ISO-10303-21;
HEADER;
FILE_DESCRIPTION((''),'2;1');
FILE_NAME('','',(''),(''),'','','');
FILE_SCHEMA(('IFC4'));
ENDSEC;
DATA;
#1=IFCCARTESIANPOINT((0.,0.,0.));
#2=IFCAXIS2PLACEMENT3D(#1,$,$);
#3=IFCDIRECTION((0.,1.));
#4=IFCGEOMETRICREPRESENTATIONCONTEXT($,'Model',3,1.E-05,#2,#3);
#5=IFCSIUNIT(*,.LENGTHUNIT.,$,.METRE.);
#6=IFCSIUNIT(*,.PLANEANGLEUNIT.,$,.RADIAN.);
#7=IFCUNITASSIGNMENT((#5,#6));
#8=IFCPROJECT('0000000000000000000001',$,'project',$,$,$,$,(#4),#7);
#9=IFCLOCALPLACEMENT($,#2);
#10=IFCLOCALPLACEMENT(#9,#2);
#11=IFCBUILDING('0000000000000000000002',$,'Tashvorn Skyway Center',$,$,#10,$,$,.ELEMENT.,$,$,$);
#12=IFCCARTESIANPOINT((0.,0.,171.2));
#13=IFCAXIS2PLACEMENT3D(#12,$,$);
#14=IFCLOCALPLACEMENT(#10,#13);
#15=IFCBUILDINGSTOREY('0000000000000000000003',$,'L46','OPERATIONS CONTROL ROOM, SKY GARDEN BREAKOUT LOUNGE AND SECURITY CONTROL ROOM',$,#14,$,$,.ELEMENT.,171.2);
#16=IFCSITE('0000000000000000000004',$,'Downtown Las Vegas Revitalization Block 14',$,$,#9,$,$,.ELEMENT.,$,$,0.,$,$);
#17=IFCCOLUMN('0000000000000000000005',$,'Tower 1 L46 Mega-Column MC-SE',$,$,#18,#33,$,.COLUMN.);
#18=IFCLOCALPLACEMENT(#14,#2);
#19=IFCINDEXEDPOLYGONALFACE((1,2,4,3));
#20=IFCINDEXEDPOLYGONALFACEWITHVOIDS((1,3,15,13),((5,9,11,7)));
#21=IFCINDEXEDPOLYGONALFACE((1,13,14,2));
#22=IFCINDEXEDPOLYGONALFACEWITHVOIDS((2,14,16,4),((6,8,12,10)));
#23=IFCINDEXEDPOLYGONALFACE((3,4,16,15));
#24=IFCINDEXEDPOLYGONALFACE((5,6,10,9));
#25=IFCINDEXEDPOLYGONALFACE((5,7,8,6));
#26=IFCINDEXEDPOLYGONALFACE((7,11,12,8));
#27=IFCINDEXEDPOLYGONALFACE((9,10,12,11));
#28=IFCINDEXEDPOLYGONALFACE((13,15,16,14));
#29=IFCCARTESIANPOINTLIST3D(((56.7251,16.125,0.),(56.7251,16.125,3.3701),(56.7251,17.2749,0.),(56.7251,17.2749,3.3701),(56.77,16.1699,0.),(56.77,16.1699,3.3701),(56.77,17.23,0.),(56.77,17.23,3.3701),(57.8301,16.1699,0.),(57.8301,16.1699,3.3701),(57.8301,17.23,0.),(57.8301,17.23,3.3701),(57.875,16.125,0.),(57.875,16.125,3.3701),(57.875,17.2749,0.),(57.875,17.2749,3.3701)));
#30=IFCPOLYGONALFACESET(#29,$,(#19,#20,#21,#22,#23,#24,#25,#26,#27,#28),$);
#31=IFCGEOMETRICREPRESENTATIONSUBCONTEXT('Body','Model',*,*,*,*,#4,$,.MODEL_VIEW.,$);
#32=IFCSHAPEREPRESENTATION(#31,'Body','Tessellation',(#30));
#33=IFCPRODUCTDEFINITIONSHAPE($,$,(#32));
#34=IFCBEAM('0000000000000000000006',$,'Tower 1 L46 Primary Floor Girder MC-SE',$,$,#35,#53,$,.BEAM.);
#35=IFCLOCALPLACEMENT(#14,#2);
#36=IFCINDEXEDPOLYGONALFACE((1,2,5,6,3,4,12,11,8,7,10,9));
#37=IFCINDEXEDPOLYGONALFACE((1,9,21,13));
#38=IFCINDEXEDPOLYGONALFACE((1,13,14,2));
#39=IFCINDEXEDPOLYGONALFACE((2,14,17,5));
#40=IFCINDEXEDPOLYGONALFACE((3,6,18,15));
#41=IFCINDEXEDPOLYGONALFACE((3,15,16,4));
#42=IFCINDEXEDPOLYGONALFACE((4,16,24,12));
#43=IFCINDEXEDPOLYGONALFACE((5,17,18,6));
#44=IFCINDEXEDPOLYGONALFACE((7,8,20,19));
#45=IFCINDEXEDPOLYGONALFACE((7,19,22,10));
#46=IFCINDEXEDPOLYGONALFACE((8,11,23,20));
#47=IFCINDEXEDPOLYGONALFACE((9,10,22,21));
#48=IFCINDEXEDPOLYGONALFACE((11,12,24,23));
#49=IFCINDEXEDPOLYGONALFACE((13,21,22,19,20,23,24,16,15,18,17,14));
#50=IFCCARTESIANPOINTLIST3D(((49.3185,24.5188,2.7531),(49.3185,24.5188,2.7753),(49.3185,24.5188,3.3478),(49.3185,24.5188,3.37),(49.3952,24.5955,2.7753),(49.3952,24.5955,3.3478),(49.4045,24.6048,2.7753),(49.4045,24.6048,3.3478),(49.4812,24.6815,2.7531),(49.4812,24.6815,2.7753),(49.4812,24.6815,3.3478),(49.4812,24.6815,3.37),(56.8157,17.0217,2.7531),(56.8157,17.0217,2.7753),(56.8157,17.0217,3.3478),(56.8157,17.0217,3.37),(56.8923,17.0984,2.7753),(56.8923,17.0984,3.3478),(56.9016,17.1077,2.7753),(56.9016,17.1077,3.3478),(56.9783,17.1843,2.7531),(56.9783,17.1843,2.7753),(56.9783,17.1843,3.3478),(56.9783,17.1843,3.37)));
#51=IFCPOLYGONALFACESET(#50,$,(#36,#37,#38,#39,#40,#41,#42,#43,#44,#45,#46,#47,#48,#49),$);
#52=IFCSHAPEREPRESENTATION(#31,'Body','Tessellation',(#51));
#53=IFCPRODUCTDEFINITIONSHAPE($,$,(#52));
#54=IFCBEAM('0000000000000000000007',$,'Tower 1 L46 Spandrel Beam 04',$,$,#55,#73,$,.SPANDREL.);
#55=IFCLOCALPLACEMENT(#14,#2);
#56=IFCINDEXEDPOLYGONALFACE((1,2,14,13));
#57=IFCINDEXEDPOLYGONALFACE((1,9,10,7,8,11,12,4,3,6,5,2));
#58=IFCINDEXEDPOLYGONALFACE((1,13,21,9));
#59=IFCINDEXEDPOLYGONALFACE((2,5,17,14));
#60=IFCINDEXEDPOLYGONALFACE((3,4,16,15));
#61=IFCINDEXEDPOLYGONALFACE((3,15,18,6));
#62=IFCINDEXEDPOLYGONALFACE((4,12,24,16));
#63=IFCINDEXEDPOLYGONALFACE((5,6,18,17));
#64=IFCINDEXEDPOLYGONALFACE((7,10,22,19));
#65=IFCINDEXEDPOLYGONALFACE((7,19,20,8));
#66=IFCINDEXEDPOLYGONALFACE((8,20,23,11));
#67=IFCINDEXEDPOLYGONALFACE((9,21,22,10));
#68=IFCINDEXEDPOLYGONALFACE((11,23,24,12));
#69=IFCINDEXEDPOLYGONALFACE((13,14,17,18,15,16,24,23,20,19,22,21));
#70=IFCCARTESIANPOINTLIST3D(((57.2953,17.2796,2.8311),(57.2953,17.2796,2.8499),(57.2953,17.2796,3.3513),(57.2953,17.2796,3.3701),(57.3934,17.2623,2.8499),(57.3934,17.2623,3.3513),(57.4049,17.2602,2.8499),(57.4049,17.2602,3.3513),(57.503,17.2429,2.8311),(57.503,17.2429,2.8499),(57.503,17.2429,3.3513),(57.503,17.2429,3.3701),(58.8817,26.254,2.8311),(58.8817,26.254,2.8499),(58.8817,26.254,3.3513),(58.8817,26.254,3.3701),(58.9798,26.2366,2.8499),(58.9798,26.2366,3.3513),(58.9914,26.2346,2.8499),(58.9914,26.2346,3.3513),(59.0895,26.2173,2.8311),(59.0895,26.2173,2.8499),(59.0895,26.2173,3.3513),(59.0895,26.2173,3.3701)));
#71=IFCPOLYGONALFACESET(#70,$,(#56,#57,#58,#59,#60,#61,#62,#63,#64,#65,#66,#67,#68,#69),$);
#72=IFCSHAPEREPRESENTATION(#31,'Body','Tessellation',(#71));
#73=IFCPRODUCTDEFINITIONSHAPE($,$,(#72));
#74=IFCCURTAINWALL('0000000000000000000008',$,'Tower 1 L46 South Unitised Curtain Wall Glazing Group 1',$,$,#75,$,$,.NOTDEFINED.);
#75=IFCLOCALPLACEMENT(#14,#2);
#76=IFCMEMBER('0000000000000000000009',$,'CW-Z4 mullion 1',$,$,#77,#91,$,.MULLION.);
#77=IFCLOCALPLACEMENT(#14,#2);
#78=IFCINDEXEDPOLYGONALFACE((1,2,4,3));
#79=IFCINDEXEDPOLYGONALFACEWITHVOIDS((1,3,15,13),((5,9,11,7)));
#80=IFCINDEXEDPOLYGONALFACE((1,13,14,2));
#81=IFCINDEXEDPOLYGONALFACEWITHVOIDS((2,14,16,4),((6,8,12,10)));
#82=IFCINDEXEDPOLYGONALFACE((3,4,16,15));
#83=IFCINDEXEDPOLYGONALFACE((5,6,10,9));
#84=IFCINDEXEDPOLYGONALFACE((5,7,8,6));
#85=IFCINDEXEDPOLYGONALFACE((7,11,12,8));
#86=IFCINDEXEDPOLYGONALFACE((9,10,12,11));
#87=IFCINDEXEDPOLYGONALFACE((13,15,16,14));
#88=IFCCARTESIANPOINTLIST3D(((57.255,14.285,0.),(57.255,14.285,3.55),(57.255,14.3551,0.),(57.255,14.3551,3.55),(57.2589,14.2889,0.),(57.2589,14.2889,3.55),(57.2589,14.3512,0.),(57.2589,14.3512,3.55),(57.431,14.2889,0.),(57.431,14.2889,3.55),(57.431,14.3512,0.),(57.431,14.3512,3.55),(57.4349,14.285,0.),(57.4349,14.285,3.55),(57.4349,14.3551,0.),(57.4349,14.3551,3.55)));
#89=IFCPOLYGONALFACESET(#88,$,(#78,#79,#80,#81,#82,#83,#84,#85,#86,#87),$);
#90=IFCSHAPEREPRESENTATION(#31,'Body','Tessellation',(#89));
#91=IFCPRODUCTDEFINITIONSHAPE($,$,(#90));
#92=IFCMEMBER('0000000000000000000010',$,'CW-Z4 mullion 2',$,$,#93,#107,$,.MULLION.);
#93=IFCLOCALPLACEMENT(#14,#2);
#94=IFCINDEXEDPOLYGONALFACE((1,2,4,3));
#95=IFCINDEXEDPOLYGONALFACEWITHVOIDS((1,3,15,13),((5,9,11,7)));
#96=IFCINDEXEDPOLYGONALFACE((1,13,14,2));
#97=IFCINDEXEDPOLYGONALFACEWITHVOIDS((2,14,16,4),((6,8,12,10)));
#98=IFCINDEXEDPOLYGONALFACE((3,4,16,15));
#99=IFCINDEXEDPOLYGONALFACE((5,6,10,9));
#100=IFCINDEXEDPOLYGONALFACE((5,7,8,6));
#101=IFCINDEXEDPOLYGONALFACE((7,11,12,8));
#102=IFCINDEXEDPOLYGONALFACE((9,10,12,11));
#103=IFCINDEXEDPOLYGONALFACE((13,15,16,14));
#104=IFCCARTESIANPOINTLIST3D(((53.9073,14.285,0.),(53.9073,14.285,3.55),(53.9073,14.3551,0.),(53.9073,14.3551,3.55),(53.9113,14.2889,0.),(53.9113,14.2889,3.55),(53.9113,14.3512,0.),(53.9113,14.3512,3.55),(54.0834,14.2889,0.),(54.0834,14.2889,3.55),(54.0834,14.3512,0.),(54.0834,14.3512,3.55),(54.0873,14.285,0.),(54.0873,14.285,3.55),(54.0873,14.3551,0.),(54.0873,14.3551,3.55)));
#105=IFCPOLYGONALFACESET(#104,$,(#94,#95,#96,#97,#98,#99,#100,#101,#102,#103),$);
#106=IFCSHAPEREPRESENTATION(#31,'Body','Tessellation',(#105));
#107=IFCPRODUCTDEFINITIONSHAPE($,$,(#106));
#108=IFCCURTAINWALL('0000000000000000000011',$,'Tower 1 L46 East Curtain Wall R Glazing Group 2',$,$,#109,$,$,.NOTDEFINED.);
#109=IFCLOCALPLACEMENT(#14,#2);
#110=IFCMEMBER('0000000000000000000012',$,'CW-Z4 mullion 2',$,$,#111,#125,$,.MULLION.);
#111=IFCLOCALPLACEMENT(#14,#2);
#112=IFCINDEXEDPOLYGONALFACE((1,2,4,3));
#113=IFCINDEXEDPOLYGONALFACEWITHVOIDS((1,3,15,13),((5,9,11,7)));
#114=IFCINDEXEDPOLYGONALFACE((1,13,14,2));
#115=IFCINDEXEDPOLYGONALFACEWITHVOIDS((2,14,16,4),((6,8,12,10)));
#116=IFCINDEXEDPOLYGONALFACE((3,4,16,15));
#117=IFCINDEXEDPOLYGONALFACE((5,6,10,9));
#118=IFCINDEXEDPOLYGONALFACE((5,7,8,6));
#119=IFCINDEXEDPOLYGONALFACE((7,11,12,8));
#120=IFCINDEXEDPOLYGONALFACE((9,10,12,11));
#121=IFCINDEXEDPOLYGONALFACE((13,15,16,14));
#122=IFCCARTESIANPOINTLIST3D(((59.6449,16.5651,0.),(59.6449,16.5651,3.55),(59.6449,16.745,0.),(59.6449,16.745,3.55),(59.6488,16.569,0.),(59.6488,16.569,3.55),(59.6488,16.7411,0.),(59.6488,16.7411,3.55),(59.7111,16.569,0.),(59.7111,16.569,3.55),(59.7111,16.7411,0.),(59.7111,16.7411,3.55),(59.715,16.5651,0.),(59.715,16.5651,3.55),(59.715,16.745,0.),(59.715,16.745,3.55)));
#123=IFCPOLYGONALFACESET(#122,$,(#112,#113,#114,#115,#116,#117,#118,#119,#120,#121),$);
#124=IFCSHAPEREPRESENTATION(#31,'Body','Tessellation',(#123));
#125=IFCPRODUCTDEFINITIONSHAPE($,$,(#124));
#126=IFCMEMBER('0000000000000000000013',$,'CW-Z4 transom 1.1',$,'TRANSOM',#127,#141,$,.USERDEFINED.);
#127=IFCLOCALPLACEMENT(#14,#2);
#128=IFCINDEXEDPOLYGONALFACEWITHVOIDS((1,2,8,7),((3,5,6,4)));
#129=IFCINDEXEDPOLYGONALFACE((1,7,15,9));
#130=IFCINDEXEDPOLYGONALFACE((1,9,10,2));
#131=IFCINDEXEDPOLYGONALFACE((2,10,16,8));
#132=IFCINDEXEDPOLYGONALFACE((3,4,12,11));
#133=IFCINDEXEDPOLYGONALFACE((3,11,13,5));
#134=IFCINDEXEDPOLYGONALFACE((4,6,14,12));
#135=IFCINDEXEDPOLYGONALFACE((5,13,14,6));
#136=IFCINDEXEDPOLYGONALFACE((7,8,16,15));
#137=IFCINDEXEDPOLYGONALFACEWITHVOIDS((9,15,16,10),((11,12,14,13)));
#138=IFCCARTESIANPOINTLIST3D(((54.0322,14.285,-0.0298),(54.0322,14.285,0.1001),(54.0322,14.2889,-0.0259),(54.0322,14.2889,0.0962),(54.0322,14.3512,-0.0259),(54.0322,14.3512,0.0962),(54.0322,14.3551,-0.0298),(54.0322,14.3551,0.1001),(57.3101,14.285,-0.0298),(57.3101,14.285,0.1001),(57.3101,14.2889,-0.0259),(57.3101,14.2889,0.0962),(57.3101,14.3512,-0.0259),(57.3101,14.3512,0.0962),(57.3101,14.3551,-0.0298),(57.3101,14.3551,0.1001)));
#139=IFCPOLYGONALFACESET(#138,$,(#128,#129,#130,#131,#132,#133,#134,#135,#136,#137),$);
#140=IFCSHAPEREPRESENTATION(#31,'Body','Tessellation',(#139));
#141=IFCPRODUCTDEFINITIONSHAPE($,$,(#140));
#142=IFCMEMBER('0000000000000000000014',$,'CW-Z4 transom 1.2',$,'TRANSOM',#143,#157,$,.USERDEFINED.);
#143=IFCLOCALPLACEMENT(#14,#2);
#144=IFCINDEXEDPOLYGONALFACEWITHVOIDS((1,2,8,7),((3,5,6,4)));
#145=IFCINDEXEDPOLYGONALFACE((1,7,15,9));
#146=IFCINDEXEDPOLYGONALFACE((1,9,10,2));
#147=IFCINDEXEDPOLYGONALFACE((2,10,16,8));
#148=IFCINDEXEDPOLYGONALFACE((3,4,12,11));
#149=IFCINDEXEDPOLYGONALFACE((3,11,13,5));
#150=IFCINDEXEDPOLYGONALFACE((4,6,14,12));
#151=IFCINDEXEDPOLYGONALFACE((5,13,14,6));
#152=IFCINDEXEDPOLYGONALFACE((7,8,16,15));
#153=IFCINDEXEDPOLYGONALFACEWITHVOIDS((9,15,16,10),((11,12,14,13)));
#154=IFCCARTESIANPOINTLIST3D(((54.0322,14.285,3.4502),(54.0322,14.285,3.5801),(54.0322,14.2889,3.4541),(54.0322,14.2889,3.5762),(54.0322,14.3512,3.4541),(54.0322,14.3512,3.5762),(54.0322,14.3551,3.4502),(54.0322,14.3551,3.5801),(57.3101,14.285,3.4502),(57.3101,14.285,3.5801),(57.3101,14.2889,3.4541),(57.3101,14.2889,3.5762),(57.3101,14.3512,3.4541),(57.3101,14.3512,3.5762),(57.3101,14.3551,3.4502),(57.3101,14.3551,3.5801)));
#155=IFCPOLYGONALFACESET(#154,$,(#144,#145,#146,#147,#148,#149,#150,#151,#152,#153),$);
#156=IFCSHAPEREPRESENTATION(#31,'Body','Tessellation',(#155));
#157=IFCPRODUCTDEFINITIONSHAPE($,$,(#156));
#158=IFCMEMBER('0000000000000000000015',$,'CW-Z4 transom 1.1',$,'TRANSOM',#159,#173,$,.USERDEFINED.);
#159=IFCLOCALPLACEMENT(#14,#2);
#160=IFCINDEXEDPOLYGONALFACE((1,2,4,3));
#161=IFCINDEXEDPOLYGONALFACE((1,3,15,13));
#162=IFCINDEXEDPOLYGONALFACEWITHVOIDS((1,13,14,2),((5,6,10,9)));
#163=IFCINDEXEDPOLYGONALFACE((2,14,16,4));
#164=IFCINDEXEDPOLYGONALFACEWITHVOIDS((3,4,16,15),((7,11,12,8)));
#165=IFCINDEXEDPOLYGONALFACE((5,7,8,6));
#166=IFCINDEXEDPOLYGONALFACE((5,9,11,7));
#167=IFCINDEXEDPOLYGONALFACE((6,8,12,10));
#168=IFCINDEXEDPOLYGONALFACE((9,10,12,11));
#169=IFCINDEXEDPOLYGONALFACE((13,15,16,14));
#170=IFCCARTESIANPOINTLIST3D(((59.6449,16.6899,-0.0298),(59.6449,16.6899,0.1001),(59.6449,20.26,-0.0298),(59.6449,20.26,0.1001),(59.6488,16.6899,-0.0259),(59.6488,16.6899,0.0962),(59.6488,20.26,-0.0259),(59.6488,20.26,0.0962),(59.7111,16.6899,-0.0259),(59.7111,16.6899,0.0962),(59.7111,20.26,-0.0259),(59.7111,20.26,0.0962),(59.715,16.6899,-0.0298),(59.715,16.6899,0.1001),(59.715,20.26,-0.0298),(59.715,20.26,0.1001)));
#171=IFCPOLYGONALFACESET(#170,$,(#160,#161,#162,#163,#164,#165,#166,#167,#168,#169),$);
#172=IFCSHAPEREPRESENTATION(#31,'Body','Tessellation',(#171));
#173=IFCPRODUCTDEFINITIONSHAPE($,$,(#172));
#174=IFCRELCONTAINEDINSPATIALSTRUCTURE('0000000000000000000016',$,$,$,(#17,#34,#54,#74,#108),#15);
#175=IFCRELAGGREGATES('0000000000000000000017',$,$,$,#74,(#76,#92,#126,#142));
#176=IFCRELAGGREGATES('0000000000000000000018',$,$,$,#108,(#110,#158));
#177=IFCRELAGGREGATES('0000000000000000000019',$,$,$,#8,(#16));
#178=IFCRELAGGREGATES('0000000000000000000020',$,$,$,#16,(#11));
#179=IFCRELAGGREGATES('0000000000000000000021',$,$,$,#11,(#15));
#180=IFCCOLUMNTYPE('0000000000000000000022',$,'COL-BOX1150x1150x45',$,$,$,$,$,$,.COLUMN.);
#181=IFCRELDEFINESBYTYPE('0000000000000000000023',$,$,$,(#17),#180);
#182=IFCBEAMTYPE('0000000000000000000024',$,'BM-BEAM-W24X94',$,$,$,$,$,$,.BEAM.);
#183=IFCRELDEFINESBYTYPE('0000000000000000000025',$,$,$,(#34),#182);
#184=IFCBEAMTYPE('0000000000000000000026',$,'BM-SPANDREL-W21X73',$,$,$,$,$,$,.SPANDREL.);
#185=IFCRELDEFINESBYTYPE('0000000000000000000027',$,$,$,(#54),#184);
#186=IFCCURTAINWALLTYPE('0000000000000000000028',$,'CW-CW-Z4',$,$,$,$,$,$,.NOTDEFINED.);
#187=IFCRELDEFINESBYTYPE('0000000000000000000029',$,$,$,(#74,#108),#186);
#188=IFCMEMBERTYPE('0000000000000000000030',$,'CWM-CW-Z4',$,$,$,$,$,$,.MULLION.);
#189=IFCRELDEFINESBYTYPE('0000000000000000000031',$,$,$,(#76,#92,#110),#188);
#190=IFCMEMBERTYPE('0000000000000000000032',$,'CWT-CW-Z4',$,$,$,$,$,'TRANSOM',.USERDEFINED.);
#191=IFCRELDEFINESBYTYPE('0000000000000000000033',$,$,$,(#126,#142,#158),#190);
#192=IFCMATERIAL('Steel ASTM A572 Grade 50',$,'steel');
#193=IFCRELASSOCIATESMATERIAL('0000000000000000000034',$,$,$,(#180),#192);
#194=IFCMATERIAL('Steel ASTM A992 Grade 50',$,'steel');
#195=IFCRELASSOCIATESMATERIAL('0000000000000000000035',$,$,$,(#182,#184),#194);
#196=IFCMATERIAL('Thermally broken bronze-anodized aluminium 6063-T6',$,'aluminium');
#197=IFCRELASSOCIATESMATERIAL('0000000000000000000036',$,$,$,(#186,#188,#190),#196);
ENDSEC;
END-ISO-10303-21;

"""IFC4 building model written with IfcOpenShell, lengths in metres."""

from ifc_helpers import new_model, si_unit, direction, frame, origin, origin_2d, place, context, subcontext, project, spatial, hollow_rectangle, i_section, extrude, material, material_profile, profile_set, type_object, element, aggregate, save


model = new_model("IFC4")

# Units and contexts
model_context = context("Model", 3, precision=1e-05, world=origin(), true_north=direction((0.0, 1.0)))
body_context = subcontext(model_context, "Body", "Model", "MODEL_VIEW")
ifc_project = project(units=[si_unit("LENGTHUNIT", "METRE"), si_unit("PLANEANGLEUNIT", "RADIAN")], contexts=[model_context])

# Site, building, storey
site_placement = place(None, origin())
site = spatial("IfcSite", under=ifc_project, at=site_placement, Name="Downtown Las Vegas Revitalization Block 14", CompositionType="ELEMENT", RefElevation=0.0)
building_placement = place(site_placement, origin())
building = spatial("IfcBuilding", under=site, at=building_placement, Name="Tashvorn Skyway Center", CompositionType="ELEMENT")
storey_placement = place(building_placement, frame((0.0, 0.0, 171.2)))
storey = spatial("IfcBuildingStorey", under=building, at=storey_placement, Name="L46", Description="OPERATIONS CONTROL ROOM, SKY GARDEN BREAKOUT LOUNGE AND SECURITY CONTROL ROOM", CompositionType="ELEMENT", Elevation=171.2)

# Column
ifc_material_1 = material(Name="Steel ASTM A572 Grade 50", Category="steel")
ifc_material_profile_1 = material_profile(ifc_material_1, hollow_rectangle(XDim=1.1499, YDim=1.1499, WallThickness=0.0449, at=origin_2d()), Name="BOX1150x1150x45")
ifc_profile_set_1 = profile_set([ifc_material_profile_1], Name="Steel ASTM A572 Grade 50")
column_type = type_object("IfcColumnType", Name="COL-BOX1150x1150x45", PredefinedType="COLUMN", material=ifc_profile_set_1)
column_placement = place(storey_placement, frame((57.3, 16.7, 0.0), z_axis=(0.0, 0.0, 1.0), x_axis=(1.0, 0.0, 0.0)))
element("IfcColumn", 1, at=column_placement, inside=storey, type_object=column_type, Name="Tower 1 L46 Mega-Column MC-SE", PredefinedType="COLUMN", context=body_context, shape_type="SweptSolid", body=[
    extrude(hollow_rectangle(XDim=1.1499, YDim=1.1499, WallThickness=0.0449, at=origin_2d()), origin(), (0.0, 0.0, 1.0), 3.3701),
])

# Beams
ifc_material_2 = material(Name="Steel ASTM A992 Grade 50", Category="steel")
ifc_material_profile_2 = material_profile(ifc_material_2, i_section(OverallWidth=0.23, OverallDepth=0.6169, WebThickness=0.0132, FlangeThickness=0.0222, at=origin_2d()), Name="W24X94")
ifc_profile_set_2 = profile_set([ifc_material_profile_2], Name="Steel ASTM A992 Grade 50")
beam_type_1 = type_object("IfcBeamType", Name="BM-BEAM-W24X94", PredefinedType="BEAM", material=ifc_profile_set_2)
beam_1_placement = place(storey_placement, frame((56.897, 17.103, 3.0615), z_axis=(-0.707107, 0.707107, 0.0), x_axis=(-0.707107, -0.707107, 0.0)))
element("IfcBeam", 2, at=beam_1_placement, inside=storey, type_object=beam_type_1, Name="Tower 1 L46 Primary Floor Girder MC-SE", PredefinedType="BEAM", context=body_context, shape_type="SweptSolid", body=[
    extrude(i_section(OverallWidth=0.23, OverallDepth=0.6169, WebThickness=0.0132, FlangeThickness=0.0222, at=origin_2d()), origin(), (0.0, 0.0, 1.0), 10.6025),
])
ifc_material_profile_3 = material_profile(ifc_material_2, i_section(OverallWidth=0.2109, OverallDepth=0.5391, WebThickness=0.0117, FlangeThickness=0.0188, at=origin_2d()), Name="W21X73")
ifc_profile_set_3 = profile_set([ifc_material_profile_3], Name="Steel ASTM A992 Grade 50")
beam_type_2 = type_object("IfcBeamType", Name="BM-SPANDREL-W21X73", PredefinedType="SPANDREL", material=ifc_profile_set_3)
beam_2_placement = place(storey_placement, frame((57.3992, 17.2612, 3.1006), z_axis=(0.174074, 0.984733, 0.0), x_axis=(-0.984733, 0.174074, 0.0)))
element("IfcBeam", 3, at=beam_2_placement, inside=storey, type_object=beam_type_2, Name="Tower 1 L46 Spandrel Beam 04", PredefinedType="SPANDREL", context=body_context, shape_type="SweptSolid", body=[
    extrude(i_section(OverallWidth=0.2109, OverallDepth=0.5391, WebThickness=0.0117, FlangeThickness=0.0188, at=origin_2d()), origin(), (0.0, 0.0, 1.0), 9.1135),
])

# Curtain wall, members
ifc_material_3 = material(Name="Thermally broken bronze-anodized aluminium 6063-T6", Category="aluminium")
curtain_wall_type = type_object("IfcCurtainWallType", Name="CW-CW-Z4", PredefinedType="NOTDEFINED", material=ifc_material_3)
curtain_wall_1_placement = place(storey_placement, origin())
curtain_wall_1 = element("IfcCurtainWall", 4, at=curtain_wall_1_placement, inside=storey, type_object=curtain_wall_type, Name="Tower 1 L46 South Unitised Curtain Wall Glazing Group 1", PredefinedType="NOTDEFINED")
ifc_material_profile_4 = material_profile(ifc_material_3, hollow_rectangle(XDim=0.0701, YDim=0.1799, WallThickness=0.0039, at=origin_2d()), Name="ALU-MULL-70x180")
ifc_profile_set_4 = profile_set([ifc_material_profile_4], Name="Thermally broken bronze-anodized aluminium 6063-T6")
member_type_1 = type_object("IfcMemberType", Name="CWM-CW-Z4", PredefinedType="MULLION", material=ifc_profile_set_4)
member_1_placement = place(storey_placement, frame((57.345, 14.3201, 0.0), z_axis=(0.0, 0.0, 1.0), x_axis=(0.0, -1.0, 0.0)))
member_1 = element("IfcMember", 5, at=member_1_placement, type_object=member_type_1, Name="CW-Z4 mullion 1", PredefinedType="MULLION", context=body_context, shape_type="SweptSolid", body=[
    extrude(hollow_rectangle(XDim=0.0701, YDim=0.1799, WallThickness=0.0039, at=origin_2d()), origin(), (0.0, 0.0, 1.0), 3.55),
])
member_2_placement = place(storey_placement, frame((53.9973, 14.3201, 0.0), z_axis=(0.0, 0.0, 1.0), x_axis=(0.0, -1.0, 0.0)))
member_2 = element("IfcMember", 6, at=member_2_placement, type_object=member_type_1, Name="CW-Z4 mullion 2", PredefinedType="MULLION", context=body_context, shape_type="SweptSolid", body=[
    extrude(hollow_rectangle(XDim=0.0701, YDim=0.1799, WallThickness=0.0039, at=origin_2d()), origin(), (0.0, 0.0, 1.0), 3.55),
])

# Curtain wall, member
curtain_wall_2_placement = place(storey_placement, origin())
curtain_wall_2 = element("IfcCurtainWall", 7, at=curtain_wall_2_placement, inside=storey, type_object=curtain_wall_type, Name="Tower 1 L46 East Curtain Wall R Glazing Group 2", PredefinedType="NOTDEFINED")
member_3_placement = place(storey_placement, frame((59.6799, 16.655, 0.0), z_axis=(0.0, 0.0, 1.0), x_axis=(1.0, 0.0, 0.0)))
member_3 = element("IfcMember", 8, at=member_3_placement, type_object=member_type_1, Name="CW-Z4 mullion 2", PredefinedType="MULLION", context=body_context, shape_type="SweptSolid", body=[
    extrude(hollow_rectangle(XDim=0.0701, YDim=0.1799, WallThickness=0.0039, at=origin_2d()), origin(), (0.0, 0.0, 1.0), 3.55),
])

# Members
ifc_material_profile_5 = material_profile(ifc_material_3, hollow_rectangle(XDim=0.0701, YDim=0.1299, WallThickness=0.0039, at=origin_2d()), Name="ALU-TRAN-70x130")
ifc_profile_set_5 = profile_set([ifc_material_profile_5], Name="Thermally broken bronze-anodized aluminium 6063-T6")
member_type_2 = type_object("IfcMemberType", Name="CWT-CW-Z4", ElementType="TRANSOM", PredefinedType="USERDEFINED", material=ifc_profile_set_5)
member_4_placement = place(storey_placement, frame((57.3101, 14.3201, 0.0352), z_axis=(-1.0, 0.0, 0.0), x_axis=(0.0, -1.0, 0.0)))
member_4 = element("IfcMember", 9, at=member_4_placement, type_object=member_type_2, Name="CW-Z4 transom 1.1", ObjectType="TRANSOM", PredefinedType="USERDEFINED", context=body_context, shape_type="SweptSolid", body=[
    extrude(hollow_rectangle(XDim=0.0701, YDim=0.1299, WallThickness=0.0039, at=origin_2d()), origin(), (0.0, 0.0, 1.0), 3.2778),
])
member_5_placement = place(storey_placement, frame((57.3101, 14.3201, 3.5151), z_axis=(-1.0, 0.0, 0.0), x_axis=(0.0, -1.0, 0.0)))
member_5 = element("IfcMember", 10, at=member_5_placement, type_object=member_type_2, Name="CW-Z4 transom 1.2", ObjectType="TRANSOM", PredefinedType="USERDEFINED", context=body_context, shape_type="SweptSolid", body=[
    extrude(hollow_rectangle(XDim=0.0701, YDim=0.1299, WallThickness=0.0039, at=origin_2d()), origin(), (0.0, 0.0, 1.0), 3.2778),
])
member_6_placement = place(storey_placement, frame((59.6799, 20.26, 0.0352), z_axis=(0.0, -1.0, 0.0), x_axis=(1.0, 0.0, 0.0)))
member_6 = element("IfcMember", 11, at=member_6_placement, type_object=member_type_2, Name="CW-Z4 transom 1.1", ObjectType="TRANSOM", PredefinedType="USERDEFINED", context=body_context, shape_type="SweptSolid", body=[
    extrude(hollow_rectangle(XDim=0.0701, YDim=0.1299, WallThickness=0.0039, at=origin_2d()), origin(), (0.0, 0.0, 1.0), 3.5701),
])

aggregate(curtain_wall_1, [member_1, member_2, member_4, member_5])
aggregate(curtain_wall_2, [member_3, member_6])

save(model, "model.ifc")
